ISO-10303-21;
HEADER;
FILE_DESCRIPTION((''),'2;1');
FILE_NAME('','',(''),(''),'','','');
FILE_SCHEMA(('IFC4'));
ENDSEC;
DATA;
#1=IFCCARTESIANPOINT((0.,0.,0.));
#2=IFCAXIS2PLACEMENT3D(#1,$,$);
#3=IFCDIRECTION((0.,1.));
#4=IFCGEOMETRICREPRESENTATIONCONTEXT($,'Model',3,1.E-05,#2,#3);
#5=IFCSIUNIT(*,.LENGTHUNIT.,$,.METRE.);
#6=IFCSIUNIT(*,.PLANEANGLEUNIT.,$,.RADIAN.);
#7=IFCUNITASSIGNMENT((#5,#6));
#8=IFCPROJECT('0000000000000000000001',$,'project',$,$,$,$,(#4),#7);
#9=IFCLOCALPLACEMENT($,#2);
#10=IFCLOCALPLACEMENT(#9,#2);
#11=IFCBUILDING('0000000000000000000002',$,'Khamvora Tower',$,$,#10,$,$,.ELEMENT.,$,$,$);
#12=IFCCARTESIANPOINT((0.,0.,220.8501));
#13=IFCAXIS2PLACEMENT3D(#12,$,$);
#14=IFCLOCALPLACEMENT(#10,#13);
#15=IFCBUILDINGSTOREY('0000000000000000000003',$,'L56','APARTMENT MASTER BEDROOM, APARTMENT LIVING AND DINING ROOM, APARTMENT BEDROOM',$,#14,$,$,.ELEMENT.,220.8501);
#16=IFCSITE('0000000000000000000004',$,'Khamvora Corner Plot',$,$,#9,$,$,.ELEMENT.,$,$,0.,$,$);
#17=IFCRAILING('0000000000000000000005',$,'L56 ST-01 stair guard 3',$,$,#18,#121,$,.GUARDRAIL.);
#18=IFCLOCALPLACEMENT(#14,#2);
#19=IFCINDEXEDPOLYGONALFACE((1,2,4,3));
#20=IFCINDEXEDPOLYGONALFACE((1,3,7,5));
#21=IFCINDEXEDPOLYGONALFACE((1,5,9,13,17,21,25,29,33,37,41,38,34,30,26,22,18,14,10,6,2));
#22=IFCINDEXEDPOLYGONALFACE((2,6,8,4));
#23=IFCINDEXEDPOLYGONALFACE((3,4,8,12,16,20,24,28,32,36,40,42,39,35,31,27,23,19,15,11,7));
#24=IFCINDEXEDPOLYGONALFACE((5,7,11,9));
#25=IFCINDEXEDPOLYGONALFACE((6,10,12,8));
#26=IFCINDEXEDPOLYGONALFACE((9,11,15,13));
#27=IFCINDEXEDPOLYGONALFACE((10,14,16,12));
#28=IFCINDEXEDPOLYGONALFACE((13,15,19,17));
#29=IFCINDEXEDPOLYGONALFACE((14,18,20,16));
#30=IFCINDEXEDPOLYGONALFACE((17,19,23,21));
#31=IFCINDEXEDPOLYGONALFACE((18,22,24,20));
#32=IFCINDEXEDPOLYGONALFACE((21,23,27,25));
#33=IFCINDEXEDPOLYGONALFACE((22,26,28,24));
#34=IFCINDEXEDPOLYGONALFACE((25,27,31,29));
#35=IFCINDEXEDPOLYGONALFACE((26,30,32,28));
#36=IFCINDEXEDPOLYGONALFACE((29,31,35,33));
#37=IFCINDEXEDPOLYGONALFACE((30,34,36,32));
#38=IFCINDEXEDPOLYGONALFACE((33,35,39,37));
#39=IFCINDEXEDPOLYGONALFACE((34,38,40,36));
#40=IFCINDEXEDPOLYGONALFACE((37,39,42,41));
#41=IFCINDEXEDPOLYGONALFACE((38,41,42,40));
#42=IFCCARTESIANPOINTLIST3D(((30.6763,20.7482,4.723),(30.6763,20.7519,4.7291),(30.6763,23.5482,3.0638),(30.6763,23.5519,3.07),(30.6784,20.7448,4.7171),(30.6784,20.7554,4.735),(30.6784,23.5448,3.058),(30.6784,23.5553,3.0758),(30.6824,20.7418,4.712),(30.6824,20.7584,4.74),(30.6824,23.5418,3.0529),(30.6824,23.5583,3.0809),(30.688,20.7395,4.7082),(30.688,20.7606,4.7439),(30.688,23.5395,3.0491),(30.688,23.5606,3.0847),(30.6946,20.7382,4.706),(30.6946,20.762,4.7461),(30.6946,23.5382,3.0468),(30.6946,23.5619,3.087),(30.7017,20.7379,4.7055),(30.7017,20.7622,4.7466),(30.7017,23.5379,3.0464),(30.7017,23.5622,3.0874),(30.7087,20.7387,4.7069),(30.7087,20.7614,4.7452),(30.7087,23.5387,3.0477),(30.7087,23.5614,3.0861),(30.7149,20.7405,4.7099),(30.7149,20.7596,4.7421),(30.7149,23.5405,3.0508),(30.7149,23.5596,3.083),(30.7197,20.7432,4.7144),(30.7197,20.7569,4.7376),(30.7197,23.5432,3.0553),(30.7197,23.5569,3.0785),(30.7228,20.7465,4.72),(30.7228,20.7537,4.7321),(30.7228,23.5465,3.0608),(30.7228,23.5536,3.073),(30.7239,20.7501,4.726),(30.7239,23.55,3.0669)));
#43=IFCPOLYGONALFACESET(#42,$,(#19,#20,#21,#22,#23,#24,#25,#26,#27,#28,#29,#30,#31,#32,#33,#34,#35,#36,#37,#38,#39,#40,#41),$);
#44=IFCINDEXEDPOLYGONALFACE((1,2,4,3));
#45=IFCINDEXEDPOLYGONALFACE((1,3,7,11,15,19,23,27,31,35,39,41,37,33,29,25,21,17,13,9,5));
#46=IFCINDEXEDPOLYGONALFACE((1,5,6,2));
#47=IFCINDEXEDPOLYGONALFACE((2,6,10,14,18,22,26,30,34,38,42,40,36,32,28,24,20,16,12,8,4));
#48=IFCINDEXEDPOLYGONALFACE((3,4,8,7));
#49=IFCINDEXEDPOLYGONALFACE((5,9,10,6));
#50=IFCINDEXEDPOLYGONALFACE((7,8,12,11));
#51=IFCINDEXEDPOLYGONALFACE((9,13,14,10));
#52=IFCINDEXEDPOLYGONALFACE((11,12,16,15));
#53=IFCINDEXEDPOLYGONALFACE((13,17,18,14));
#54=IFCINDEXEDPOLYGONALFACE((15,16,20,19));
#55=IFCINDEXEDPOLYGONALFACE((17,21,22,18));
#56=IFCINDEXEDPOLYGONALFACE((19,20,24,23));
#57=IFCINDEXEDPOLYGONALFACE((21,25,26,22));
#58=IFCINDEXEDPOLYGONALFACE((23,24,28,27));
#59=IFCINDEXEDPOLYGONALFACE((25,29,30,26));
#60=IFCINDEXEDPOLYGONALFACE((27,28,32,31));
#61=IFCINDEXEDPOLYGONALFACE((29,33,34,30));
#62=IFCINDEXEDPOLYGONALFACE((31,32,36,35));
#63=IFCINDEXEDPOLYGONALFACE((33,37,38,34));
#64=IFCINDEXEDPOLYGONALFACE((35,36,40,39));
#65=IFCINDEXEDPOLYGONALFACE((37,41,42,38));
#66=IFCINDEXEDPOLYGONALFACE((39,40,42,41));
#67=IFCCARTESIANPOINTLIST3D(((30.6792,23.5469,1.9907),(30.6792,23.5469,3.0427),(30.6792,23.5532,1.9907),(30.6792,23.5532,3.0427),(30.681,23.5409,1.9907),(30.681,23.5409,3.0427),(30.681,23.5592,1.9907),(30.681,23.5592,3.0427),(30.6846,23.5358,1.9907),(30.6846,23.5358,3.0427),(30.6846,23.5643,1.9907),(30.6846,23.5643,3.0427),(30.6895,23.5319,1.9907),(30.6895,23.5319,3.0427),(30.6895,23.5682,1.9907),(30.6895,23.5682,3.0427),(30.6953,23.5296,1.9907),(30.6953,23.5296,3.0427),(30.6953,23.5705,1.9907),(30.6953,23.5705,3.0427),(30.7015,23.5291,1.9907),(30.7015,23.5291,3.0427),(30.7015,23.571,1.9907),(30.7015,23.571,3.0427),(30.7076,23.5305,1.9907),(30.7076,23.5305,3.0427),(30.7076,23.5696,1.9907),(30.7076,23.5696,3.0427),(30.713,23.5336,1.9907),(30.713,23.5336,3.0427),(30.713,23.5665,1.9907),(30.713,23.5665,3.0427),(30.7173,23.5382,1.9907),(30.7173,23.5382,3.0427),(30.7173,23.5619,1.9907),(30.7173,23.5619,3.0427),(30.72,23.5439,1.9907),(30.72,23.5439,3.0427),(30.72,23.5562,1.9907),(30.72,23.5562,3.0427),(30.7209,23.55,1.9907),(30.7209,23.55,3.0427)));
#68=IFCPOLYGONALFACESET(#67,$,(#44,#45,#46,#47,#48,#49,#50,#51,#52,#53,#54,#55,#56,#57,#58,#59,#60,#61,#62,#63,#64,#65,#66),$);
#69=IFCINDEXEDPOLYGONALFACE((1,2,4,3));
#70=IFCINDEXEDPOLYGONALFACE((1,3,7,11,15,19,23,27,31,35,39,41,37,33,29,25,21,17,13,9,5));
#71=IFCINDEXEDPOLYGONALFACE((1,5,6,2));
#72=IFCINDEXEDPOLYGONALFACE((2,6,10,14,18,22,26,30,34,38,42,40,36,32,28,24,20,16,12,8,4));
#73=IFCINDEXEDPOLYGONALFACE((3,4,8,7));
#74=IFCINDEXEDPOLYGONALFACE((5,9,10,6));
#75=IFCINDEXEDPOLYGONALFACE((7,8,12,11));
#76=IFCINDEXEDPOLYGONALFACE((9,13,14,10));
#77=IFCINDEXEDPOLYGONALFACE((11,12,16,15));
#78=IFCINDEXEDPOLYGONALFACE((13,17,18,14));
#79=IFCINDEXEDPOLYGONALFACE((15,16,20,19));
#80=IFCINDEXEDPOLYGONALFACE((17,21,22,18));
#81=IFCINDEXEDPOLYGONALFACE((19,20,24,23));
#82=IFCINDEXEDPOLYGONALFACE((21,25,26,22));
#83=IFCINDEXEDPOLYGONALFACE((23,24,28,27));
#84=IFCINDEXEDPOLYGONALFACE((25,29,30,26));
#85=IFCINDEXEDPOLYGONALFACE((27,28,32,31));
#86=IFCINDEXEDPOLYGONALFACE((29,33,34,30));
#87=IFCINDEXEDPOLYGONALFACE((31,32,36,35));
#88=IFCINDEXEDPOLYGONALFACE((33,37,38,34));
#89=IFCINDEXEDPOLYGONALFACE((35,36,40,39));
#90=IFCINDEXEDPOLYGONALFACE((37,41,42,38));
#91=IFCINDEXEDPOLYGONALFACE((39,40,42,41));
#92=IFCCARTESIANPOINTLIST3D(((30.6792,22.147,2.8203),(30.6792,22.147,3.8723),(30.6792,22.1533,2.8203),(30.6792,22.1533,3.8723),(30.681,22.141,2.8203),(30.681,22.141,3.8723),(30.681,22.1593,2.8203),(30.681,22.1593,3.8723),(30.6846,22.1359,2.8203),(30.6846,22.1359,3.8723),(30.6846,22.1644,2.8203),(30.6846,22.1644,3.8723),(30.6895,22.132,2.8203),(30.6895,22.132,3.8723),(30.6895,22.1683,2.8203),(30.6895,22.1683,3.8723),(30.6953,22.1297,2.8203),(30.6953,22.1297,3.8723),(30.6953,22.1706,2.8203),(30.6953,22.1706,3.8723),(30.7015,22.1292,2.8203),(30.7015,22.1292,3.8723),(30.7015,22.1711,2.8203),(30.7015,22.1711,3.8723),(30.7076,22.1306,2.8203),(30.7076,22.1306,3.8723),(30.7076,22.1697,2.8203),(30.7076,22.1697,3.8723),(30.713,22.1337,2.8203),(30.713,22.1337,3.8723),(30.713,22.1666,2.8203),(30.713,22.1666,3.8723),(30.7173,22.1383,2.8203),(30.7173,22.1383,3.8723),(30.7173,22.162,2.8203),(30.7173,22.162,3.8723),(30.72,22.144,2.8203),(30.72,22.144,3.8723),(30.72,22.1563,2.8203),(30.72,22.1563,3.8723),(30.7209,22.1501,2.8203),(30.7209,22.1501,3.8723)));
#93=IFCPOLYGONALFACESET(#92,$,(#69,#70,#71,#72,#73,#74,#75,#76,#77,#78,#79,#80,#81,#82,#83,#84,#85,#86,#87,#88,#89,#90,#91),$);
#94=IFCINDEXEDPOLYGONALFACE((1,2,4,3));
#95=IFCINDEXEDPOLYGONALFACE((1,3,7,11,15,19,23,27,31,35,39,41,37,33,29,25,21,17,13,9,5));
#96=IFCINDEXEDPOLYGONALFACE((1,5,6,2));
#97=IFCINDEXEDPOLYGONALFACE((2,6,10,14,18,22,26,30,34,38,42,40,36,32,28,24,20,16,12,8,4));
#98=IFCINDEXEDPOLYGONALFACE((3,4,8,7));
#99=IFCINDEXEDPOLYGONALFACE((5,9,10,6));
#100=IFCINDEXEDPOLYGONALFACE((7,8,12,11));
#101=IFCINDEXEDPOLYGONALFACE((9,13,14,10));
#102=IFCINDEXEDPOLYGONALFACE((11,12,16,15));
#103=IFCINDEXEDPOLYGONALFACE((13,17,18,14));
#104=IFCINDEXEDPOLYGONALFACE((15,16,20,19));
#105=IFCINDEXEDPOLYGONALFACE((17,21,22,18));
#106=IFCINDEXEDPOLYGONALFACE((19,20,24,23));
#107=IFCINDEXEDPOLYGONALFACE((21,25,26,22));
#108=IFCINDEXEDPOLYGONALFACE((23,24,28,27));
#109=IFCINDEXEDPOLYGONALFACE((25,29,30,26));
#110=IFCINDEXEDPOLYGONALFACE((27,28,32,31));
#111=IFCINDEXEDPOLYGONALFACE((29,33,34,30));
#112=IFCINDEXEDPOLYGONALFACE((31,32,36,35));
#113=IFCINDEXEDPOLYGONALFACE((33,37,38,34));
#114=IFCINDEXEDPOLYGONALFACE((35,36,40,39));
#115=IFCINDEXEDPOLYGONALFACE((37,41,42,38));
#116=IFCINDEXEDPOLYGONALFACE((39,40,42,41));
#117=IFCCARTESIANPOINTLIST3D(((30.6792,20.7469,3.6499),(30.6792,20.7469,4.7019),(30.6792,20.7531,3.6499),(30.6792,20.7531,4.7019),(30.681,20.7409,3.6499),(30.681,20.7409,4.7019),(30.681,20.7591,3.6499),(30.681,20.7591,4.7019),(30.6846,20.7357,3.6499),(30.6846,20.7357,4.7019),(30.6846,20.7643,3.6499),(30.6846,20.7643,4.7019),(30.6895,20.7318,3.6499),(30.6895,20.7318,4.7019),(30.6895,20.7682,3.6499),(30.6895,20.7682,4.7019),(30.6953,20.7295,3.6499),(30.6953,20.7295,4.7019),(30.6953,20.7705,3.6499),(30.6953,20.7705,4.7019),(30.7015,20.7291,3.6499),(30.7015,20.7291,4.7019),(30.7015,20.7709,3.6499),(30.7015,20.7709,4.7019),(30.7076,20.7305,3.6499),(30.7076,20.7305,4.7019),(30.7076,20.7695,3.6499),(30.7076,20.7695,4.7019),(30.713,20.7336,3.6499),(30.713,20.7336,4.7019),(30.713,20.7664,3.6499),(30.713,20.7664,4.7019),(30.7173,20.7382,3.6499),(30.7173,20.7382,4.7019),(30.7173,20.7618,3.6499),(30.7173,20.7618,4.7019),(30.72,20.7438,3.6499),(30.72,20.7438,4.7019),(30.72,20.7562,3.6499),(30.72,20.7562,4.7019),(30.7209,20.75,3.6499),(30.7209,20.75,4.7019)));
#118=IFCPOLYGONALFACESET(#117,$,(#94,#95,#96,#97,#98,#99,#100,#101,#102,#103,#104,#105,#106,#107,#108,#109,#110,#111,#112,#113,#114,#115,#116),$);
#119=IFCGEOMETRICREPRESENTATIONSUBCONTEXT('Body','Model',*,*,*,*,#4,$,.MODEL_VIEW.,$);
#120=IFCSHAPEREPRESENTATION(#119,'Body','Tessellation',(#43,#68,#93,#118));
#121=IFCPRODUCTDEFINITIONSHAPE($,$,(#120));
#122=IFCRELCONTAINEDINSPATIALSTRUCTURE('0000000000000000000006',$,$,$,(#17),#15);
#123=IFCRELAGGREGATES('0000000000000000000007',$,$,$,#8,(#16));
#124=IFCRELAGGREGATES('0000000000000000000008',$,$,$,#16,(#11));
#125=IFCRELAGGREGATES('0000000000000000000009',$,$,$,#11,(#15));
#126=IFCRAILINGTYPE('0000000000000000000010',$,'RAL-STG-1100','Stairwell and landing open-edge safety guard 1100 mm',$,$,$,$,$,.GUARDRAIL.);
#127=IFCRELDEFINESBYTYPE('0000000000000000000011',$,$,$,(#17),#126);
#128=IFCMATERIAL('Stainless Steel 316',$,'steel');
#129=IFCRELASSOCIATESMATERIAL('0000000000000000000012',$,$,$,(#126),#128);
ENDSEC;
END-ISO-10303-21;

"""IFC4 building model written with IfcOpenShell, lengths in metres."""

from ifc_helpers import new_model, si_unit, direction, frame, origin, origin_2d, place, context, subcontext, project, spatial, circle, extrude, material, type_object, element, save


model = new_model("IFC4")

# Units and contexts
model_context = context("Model", 3, precision=1e-05, world=origin(), true_north=direction((0.0, 1.0)))
body_context = subcontext(model_context, "Body", "Model", "MODEL_VIEW")
ifc_project = project(units=[si_unit("LENGTHUNIT", "METRE"), si_unit("PLANEANGLEUNIT", "RADIAN")], contexts=[model_context])

# Site, building, storey
site_placement = place(None, origin())
site = spatial("IfcSite", under=ifc_project, at=site_placement, Name="Khamvora Corner Plot", CompositionType="ELEMENT", RefElevation=0.0)
building_placement = place(site_placement, origin())
building = spatial("IfcBuilding", under=site, at=building_placement, Name="Khamvora Tower", CompositionType="ELEMENT")
storey_placement = place(building_placement, frame((0.0, 0.0, 220.8501)))
storey = spatial("IfcBuildingStorey", under=building, at=storey_placement, Name="L56", Description="APARTMENT MASTER BEDROOM, APARTMENT LIVING AND DINING ROOM, APARTMENT BEDROOM", CompositionType="ELEMENT", Elevation=220.8501)

# Railing
ifc_material_1 = material(Name="Stainless Steel 316", Category="steel")
railing_type_1 = type_object("IfcRailingType", Name="RAL-STG-1100", Description="Stairwell and landing open-edge safety guard 1100 mm", PredefinedType="GUARDRAIL", material=ifc_material_1)
railing_1_placement = place(storey_placement, frame((30.7, 23.55, 1.9907)))
element("IfcRailing", 1, at=railing_1_placement, inside=storey, type_object=railing_type_1, Name="L56 ST-01 stair guard 3", PredefinedType="GUARDRAIL", context=body_context, shape_type="SweptSolid", body=[
    extrude(circle(Radius=0.0239, at=origin_2d()), frame((0.0, 0.0, 1.0762), z_axis=(0.0, -0.860306, 0.509778), x_axis=(1.0, 0.0, 0.0)), (0.0, 0.0, 1.0), 3.2546),
    extrude(circle(Radius=0.021, at=origin_2d()), origin(), (0.0, 0.0, 1.0), 1.052),
    extrude(circle(Radius=0.021, at=origin_2d()), frame((0.0, -1.3999, 0.8296)), (0.0, 0.0, 1.0), 1.052),
    extrude(circle(Radius=0.021, at=origin_2d()), frame((0.0, -2.8, 1.6592)), (0.0, 0.0, 1.0), 1.052),
])

save(model, "model.ifc")
